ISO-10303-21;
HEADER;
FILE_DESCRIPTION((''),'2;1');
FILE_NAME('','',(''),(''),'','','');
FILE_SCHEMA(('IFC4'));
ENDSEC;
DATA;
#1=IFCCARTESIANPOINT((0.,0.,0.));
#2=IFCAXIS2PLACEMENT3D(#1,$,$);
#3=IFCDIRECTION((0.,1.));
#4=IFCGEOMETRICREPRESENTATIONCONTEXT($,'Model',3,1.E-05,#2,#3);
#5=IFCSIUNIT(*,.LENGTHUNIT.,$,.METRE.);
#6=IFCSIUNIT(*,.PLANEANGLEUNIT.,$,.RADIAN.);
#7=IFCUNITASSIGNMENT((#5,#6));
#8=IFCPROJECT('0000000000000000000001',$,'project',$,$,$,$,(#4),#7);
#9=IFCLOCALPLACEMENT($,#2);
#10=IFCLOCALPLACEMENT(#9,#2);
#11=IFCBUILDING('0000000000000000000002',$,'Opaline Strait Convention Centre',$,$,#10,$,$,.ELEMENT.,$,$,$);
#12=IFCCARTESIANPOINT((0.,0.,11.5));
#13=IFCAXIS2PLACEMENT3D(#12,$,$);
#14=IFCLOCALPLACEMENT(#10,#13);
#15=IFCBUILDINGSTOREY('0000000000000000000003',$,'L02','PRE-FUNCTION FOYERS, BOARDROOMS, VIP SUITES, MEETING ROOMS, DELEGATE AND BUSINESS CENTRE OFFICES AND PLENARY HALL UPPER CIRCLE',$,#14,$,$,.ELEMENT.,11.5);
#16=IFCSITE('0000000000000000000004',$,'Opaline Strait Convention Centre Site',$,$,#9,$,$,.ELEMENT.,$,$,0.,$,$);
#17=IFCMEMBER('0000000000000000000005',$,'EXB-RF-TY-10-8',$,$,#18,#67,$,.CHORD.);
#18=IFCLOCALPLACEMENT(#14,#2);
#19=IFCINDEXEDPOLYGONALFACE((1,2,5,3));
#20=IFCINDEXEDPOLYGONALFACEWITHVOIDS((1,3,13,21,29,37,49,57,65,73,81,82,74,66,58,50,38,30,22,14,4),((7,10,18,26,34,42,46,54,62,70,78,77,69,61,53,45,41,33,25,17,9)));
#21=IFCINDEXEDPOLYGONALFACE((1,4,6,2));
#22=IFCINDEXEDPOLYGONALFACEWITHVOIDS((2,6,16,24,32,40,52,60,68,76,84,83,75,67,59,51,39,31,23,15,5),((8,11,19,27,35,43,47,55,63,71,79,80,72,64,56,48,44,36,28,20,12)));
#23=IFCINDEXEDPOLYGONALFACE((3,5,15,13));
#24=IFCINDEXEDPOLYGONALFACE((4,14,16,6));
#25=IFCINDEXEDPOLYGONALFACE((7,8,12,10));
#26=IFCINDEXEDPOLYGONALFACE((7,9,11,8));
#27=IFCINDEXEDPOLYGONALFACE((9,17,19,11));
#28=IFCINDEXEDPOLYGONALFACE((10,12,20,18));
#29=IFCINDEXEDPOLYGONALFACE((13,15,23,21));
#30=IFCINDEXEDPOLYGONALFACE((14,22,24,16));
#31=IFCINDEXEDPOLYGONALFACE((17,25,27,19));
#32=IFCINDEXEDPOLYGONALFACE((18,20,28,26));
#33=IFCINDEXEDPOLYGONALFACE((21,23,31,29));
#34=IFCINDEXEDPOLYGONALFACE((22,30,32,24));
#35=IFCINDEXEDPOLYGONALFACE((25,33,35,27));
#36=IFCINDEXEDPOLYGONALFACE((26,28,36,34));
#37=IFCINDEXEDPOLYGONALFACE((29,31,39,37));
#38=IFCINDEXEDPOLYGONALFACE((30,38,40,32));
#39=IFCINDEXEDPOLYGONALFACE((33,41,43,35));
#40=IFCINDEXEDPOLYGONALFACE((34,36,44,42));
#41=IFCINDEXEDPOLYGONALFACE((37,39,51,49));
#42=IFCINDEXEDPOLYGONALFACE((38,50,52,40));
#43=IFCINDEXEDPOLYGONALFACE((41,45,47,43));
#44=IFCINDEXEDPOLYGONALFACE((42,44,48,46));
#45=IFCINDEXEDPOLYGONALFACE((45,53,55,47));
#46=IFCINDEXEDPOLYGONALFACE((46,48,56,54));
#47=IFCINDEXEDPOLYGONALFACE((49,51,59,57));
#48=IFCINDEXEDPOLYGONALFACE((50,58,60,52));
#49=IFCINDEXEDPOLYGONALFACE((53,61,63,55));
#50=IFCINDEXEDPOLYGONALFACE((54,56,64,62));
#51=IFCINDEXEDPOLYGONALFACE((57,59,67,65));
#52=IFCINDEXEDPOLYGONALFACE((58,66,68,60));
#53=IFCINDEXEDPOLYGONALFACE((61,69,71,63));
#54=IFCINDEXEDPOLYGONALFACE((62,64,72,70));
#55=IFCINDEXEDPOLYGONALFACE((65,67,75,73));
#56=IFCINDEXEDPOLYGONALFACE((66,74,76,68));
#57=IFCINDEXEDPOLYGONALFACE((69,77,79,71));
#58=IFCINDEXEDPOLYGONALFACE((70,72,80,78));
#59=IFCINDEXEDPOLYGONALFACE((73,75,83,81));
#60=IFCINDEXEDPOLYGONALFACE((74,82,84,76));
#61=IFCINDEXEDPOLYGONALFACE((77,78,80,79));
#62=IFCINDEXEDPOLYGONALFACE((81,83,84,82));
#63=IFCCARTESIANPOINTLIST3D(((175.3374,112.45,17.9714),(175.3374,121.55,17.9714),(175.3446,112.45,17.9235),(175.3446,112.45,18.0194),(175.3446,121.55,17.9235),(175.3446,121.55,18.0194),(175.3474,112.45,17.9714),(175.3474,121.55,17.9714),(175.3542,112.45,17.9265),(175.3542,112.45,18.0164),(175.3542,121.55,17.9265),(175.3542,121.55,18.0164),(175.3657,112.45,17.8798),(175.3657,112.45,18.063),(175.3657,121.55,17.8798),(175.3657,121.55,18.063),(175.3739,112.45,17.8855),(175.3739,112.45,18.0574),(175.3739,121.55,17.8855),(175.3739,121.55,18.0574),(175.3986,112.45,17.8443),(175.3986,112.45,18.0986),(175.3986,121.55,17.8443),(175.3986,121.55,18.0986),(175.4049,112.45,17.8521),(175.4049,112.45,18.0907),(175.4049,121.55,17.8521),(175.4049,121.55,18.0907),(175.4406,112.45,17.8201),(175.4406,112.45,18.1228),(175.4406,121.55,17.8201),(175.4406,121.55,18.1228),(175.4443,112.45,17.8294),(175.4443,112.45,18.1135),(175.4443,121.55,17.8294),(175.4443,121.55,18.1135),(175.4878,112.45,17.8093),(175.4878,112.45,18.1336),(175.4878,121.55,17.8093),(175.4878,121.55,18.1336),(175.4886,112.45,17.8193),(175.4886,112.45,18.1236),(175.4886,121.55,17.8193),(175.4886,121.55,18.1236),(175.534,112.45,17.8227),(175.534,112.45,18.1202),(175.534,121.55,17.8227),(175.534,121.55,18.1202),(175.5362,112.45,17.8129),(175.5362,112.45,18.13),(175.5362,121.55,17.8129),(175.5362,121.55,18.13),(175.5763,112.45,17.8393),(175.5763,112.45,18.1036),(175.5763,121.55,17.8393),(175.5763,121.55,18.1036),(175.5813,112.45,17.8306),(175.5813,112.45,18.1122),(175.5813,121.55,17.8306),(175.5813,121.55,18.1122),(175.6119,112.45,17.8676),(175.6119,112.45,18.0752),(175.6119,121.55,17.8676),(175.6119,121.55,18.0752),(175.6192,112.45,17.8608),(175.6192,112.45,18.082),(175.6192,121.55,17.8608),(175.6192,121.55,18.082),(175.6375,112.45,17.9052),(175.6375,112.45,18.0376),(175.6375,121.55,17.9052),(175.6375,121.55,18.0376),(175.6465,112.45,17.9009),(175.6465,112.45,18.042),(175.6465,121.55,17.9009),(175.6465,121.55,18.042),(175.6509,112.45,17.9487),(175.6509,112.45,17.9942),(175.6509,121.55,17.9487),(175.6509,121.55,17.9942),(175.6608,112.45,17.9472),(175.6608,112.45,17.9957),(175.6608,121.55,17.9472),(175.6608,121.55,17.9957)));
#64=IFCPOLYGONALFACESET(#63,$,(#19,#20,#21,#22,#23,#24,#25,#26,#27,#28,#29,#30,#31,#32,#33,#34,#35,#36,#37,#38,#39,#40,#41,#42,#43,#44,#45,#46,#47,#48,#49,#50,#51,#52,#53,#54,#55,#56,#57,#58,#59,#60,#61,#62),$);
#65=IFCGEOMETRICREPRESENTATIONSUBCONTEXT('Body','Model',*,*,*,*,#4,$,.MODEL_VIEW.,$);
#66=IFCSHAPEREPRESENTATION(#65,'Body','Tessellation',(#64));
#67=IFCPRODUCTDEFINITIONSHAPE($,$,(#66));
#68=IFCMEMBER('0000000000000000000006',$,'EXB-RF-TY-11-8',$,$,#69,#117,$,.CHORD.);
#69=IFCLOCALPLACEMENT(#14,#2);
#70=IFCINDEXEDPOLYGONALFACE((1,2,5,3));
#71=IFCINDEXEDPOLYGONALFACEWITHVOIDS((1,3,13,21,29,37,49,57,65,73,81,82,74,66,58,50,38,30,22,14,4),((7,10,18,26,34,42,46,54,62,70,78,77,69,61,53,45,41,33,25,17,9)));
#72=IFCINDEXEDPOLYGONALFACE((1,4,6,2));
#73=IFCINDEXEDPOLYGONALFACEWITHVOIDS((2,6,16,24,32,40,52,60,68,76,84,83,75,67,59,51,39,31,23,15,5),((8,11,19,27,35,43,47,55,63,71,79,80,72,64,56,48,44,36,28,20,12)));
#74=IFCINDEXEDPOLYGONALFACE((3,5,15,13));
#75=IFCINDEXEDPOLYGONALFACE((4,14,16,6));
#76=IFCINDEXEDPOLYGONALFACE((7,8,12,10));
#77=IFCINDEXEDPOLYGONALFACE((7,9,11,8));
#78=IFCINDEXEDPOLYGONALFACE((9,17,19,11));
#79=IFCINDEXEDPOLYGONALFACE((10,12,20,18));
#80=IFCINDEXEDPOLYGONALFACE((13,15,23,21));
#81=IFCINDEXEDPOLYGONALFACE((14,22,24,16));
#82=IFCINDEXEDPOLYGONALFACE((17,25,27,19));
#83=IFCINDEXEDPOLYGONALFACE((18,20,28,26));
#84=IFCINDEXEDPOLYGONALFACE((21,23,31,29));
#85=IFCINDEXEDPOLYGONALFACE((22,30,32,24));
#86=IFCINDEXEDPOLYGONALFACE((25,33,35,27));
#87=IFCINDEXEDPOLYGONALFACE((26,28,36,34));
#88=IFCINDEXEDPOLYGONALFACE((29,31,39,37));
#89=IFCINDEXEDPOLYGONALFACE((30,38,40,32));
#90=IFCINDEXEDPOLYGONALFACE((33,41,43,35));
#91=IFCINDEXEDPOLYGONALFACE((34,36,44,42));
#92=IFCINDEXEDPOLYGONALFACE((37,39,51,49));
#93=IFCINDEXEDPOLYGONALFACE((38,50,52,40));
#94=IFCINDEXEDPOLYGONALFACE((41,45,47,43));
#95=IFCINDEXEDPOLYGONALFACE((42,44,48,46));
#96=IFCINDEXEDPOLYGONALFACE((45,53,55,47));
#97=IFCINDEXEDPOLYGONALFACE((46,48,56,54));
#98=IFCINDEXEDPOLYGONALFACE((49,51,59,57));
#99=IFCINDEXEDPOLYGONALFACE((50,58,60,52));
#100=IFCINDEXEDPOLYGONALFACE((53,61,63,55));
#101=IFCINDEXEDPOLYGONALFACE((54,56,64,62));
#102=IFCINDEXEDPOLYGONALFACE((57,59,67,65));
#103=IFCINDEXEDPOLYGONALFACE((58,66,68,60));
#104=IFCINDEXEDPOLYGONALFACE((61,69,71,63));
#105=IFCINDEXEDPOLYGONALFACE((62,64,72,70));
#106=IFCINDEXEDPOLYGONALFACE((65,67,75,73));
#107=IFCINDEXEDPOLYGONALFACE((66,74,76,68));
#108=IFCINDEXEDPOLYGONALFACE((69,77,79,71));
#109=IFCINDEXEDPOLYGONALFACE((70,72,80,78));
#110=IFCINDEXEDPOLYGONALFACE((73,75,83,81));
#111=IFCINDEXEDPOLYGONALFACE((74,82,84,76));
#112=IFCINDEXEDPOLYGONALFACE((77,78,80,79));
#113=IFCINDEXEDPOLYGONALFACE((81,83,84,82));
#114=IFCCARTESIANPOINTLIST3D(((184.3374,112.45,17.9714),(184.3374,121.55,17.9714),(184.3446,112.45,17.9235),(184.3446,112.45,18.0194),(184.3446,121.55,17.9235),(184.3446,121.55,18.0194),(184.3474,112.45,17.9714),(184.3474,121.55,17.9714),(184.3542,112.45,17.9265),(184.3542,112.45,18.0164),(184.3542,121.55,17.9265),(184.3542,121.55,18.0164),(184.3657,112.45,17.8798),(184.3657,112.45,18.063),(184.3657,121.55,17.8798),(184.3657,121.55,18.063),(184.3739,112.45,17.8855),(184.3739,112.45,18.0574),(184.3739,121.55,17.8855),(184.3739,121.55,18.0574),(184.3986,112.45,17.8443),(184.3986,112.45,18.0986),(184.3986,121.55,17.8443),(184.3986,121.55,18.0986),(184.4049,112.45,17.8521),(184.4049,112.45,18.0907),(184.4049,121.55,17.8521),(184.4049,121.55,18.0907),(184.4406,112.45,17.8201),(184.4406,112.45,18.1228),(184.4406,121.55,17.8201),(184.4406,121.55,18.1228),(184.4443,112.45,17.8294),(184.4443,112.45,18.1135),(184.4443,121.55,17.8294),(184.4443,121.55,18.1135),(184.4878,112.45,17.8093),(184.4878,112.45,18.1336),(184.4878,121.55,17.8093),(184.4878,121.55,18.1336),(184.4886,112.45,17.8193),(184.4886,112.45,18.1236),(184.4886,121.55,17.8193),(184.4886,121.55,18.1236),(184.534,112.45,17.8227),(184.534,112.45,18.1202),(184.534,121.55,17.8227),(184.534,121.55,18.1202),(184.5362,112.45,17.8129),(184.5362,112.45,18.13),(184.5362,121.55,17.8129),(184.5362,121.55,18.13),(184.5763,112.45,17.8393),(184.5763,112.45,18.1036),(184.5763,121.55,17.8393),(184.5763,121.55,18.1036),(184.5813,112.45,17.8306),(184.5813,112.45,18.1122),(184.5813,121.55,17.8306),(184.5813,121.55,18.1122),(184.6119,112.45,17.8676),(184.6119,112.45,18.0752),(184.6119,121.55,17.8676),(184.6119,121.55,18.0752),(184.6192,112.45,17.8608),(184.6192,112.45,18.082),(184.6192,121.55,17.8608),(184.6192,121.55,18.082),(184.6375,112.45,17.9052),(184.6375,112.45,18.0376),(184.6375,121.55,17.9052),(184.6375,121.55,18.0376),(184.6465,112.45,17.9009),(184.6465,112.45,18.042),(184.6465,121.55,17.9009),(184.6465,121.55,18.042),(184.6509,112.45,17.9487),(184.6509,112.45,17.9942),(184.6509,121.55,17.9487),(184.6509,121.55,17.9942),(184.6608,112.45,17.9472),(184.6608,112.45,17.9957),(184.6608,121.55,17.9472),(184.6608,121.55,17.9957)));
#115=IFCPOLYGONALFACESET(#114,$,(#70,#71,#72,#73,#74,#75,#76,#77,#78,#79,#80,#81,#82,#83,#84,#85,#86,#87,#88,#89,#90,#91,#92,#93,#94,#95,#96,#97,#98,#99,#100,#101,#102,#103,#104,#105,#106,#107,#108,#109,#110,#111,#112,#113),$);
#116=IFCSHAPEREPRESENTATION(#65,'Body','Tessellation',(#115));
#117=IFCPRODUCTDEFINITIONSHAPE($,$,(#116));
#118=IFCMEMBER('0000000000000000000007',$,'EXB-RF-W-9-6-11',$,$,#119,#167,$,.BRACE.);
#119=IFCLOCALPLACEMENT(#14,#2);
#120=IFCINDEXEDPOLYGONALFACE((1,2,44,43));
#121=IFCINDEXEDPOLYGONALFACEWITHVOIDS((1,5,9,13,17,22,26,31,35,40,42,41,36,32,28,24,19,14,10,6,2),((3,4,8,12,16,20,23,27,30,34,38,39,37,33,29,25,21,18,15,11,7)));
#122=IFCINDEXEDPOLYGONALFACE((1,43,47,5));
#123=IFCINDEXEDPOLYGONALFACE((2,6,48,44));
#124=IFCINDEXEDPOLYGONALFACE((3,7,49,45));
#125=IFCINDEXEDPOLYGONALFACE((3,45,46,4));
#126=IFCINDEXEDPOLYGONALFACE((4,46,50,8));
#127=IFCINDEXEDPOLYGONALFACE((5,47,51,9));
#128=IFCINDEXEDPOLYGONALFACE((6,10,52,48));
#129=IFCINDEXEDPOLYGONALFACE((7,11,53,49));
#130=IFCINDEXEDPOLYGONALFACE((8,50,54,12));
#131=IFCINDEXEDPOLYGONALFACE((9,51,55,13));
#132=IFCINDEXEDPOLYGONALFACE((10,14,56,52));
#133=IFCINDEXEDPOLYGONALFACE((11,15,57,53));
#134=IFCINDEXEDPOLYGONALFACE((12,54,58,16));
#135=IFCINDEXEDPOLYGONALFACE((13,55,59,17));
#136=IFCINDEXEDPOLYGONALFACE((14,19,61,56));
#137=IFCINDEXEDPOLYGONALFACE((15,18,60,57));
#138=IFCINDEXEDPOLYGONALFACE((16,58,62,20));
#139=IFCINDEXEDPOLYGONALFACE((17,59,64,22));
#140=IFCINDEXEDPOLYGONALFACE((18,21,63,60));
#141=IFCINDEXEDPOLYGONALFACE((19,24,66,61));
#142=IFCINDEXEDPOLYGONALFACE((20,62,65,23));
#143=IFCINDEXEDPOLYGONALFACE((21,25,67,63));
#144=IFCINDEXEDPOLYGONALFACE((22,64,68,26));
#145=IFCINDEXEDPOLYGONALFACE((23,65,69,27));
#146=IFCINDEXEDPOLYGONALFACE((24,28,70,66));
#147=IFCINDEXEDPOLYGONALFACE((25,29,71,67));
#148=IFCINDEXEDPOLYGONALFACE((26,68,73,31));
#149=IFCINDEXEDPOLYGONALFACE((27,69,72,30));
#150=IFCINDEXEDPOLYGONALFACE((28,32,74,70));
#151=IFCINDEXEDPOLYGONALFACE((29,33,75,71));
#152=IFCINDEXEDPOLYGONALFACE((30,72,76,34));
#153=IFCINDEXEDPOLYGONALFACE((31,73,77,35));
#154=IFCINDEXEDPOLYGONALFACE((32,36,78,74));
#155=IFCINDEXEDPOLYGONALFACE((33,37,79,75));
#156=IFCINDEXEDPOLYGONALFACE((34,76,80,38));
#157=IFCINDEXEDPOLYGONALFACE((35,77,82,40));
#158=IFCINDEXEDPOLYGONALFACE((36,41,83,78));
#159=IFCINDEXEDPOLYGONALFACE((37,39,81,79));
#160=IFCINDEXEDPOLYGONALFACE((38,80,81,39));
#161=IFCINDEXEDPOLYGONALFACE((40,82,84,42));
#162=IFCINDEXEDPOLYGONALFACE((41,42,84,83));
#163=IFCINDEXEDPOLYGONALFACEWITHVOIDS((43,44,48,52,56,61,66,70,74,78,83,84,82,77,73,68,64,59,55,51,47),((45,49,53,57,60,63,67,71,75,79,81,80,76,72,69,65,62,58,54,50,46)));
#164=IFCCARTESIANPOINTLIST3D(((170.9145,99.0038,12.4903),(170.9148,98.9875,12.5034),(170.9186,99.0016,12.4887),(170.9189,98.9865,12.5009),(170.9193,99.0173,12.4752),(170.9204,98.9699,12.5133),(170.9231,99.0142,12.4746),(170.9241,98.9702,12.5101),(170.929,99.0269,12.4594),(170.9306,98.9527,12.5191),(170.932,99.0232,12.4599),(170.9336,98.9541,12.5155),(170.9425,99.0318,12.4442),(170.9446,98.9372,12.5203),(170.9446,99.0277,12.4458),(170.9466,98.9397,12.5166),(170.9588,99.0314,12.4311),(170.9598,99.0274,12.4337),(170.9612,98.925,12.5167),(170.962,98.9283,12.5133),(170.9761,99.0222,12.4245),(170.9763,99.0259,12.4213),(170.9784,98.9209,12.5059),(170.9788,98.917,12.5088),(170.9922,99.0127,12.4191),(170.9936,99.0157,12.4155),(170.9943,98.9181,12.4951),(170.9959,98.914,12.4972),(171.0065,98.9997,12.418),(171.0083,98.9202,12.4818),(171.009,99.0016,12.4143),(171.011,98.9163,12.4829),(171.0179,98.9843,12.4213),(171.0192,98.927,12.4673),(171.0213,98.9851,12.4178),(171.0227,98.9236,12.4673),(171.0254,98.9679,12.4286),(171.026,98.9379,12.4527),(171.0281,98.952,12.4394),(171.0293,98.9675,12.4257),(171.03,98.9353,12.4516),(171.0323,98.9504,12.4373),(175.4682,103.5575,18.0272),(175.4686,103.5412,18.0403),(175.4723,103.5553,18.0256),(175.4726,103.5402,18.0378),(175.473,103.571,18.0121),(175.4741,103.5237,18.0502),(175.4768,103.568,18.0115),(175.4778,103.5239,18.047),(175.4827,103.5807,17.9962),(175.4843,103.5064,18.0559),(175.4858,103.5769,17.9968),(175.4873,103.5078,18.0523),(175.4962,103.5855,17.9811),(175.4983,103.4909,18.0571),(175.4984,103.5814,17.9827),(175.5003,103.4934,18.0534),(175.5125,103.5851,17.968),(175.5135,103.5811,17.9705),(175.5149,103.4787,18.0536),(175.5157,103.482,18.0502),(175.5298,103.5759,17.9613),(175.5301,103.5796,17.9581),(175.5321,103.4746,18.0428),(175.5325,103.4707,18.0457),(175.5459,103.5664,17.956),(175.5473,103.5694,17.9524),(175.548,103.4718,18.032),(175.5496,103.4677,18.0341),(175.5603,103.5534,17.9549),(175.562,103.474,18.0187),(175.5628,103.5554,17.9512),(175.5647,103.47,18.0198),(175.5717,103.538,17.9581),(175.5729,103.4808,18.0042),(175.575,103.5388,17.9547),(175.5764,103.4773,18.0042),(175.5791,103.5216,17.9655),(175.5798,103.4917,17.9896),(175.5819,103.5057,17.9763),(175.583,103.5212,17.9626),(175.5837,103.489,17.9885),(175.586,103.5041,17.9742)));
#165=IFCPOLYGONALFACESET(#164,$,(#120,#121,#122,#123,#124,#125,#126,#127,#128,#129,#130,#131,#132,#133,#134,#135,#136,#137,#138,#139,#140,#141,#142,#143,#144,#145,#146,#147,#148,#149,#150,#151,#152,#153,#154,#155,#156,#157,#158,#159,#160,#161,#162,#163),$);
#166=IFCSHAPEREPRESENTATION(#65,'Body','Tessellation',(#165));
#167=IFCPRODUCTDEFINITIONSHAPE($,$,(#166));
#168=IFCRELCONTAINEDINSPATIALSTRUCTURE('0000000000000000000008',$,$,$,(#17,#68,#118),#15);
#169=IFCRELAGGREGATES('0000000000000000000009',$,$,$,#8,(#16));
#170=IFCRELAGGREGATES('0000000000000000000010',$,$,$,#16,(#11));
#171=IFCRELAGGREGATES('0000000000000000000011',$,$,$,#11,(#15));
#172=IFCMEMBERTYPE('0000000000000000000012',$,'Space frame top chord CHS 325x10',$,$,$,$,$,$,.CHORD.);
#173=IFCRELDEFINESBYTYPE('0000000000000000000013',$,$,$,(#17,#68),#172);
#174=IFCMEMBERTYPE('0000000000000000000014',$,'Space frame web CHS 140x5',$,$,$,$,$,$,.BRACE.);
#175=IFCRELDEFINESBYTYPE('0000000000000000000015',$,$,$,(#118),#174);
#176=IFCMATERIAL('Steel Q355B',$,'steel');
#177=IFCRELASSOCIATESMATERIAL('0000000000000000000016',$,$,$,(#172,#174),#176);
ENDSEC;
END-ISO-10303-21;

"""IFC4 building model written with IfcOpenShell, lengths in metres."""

from ifc_helpers import new_model, si_unit, direction, frame, origin, origin_2d, place, context, subcontext, project, spatial, hollow_circle, extrude, material, material_profile, profile_set, type_object, element, save


model = new_model("IFC4")

# Units and contexts
model_context = context("Model", 3, precision=1e-05, world=origin(), true_north=direction((0.0, 1.0)))
body_context = subcontext(model_context, "Body", "Model", "MODEL_VIEW")
ifc_project = project(units=[si_unit("LENGTHUNIT", "METRE"), si_unit("PLANEANGLEUNIT", "RADIAN")], contexts=[model_context])

# Site, building, storey
site_placement = place(None, origin())
site = spatial("IfcSite", under=ifc_project, at=site_placement, Name="Opaline Strait Convention Centre Site", CompositionType="ELEMENT", RefElevation=0.0)
building_placement = place(site_placement, origin())
building = spatial("IfcBuilding", under=site, at=building_placement, Name="Opaline Strait Convention Centre", CompositionType="ELEMENT")
storey_placement = place(building_placement, frame((0.0, 0.0, 11.5)))
storey = spatial("IfcBuildingStorey", under=building, at=storey_placement, Name="L02", Description="PRE-FUNCTION FOYERS, BOARDROOMS, VIP SUITES, MEETING ROOMS, DELEGATE AND BUSINESS CENTRE OFFICES AND PLENARY HALL UPPER CIRCLE", CompositionType="ELEMENT", Elevation=11.5)

# Members
ifc_material = material(Name="Steel Q355B", Category="steel")
ifc_material_profile_1 = material_profile(ifc_material, hollow_circle(Radius=0.1626, WallThickness=0.01, at=origin_2d()), Name="CHS 325x10")
ifc_profile_set_1 = profile_set([ifc_material_profile_1], Name="Steel Q355B")
member_type_1 = type_object("IfcMemberType", Name="Space frame top chord CHS 325x10", PredefinedType="CHORD", material=ifc_profile_set_1)
for number, where, z_axis, x_axis, name in (
    (1, (175.5, 112.45, 17.9714), (0.0, 1.0, 0.0), (-1.0, 0.0, 0.0), "EXB-RF-TY-10-8"),
    (2, (184.5, 112.45, 17.9714), (0.0, 1.0, 0.0), (-1.0, 0.0, 0.0), "EXB-RF-TY-11-8"),
):
    element("IfcMember", number, at=place(storey_placement, frame(where, z_axis=z_axis, x_axis=x_axis)), inside=storey, type_object=member_type_1, Name=name, PredefinedType="CHORD", context=body_context, shape_type="SweptSolid", body=[
        extrude(hollow_circle(Radius=0.1626, WallThickness=0.01, at=origin_2d()), origin(), (0.0, 0.0, 1.0), 9.1001),
    ])
ifc_material_profile_2 = material_profile(ifc_material, hollow_circle(Radius=0.0701, WallThickness=0.0049, at=origin_2d()), Name="CHS 140x5")
ifc_profile_set_2 = profile_set([ifc_material_profile_2], Name="Steel Q355B")
member_type_2 = type_object("IfcMemberType", Name="Space frame web CHS 140x5", PredefinedType="BRACE", material=ifc_profile_set_2)
for number, where, z_axis, x_axis, name in (
    (3, (175.5269, 103.5269, 18.0042), (-0.536178, -0.536178, -0.65194), (0.707107, -0.707107, 0.0), "EXB-RF-W-9-6-11"),
):
    element("IfcMember", number, at=place(storey_placement, frame(where, z_axis=z_axis, x_axis=x_axis)), inside=storey, type_object=member_type_2, Name=name, PredefinedType="BRACE", context=body_context, shape_type="SweptSolid", body=[
        extrude(hollow_circle(Radius=0.0701, WallThickness=0.0049, at=origin_2d()), origin(), (0.0, 0.0, 1.0), 8.4929),
    ])

save(model, "model.ifc")
